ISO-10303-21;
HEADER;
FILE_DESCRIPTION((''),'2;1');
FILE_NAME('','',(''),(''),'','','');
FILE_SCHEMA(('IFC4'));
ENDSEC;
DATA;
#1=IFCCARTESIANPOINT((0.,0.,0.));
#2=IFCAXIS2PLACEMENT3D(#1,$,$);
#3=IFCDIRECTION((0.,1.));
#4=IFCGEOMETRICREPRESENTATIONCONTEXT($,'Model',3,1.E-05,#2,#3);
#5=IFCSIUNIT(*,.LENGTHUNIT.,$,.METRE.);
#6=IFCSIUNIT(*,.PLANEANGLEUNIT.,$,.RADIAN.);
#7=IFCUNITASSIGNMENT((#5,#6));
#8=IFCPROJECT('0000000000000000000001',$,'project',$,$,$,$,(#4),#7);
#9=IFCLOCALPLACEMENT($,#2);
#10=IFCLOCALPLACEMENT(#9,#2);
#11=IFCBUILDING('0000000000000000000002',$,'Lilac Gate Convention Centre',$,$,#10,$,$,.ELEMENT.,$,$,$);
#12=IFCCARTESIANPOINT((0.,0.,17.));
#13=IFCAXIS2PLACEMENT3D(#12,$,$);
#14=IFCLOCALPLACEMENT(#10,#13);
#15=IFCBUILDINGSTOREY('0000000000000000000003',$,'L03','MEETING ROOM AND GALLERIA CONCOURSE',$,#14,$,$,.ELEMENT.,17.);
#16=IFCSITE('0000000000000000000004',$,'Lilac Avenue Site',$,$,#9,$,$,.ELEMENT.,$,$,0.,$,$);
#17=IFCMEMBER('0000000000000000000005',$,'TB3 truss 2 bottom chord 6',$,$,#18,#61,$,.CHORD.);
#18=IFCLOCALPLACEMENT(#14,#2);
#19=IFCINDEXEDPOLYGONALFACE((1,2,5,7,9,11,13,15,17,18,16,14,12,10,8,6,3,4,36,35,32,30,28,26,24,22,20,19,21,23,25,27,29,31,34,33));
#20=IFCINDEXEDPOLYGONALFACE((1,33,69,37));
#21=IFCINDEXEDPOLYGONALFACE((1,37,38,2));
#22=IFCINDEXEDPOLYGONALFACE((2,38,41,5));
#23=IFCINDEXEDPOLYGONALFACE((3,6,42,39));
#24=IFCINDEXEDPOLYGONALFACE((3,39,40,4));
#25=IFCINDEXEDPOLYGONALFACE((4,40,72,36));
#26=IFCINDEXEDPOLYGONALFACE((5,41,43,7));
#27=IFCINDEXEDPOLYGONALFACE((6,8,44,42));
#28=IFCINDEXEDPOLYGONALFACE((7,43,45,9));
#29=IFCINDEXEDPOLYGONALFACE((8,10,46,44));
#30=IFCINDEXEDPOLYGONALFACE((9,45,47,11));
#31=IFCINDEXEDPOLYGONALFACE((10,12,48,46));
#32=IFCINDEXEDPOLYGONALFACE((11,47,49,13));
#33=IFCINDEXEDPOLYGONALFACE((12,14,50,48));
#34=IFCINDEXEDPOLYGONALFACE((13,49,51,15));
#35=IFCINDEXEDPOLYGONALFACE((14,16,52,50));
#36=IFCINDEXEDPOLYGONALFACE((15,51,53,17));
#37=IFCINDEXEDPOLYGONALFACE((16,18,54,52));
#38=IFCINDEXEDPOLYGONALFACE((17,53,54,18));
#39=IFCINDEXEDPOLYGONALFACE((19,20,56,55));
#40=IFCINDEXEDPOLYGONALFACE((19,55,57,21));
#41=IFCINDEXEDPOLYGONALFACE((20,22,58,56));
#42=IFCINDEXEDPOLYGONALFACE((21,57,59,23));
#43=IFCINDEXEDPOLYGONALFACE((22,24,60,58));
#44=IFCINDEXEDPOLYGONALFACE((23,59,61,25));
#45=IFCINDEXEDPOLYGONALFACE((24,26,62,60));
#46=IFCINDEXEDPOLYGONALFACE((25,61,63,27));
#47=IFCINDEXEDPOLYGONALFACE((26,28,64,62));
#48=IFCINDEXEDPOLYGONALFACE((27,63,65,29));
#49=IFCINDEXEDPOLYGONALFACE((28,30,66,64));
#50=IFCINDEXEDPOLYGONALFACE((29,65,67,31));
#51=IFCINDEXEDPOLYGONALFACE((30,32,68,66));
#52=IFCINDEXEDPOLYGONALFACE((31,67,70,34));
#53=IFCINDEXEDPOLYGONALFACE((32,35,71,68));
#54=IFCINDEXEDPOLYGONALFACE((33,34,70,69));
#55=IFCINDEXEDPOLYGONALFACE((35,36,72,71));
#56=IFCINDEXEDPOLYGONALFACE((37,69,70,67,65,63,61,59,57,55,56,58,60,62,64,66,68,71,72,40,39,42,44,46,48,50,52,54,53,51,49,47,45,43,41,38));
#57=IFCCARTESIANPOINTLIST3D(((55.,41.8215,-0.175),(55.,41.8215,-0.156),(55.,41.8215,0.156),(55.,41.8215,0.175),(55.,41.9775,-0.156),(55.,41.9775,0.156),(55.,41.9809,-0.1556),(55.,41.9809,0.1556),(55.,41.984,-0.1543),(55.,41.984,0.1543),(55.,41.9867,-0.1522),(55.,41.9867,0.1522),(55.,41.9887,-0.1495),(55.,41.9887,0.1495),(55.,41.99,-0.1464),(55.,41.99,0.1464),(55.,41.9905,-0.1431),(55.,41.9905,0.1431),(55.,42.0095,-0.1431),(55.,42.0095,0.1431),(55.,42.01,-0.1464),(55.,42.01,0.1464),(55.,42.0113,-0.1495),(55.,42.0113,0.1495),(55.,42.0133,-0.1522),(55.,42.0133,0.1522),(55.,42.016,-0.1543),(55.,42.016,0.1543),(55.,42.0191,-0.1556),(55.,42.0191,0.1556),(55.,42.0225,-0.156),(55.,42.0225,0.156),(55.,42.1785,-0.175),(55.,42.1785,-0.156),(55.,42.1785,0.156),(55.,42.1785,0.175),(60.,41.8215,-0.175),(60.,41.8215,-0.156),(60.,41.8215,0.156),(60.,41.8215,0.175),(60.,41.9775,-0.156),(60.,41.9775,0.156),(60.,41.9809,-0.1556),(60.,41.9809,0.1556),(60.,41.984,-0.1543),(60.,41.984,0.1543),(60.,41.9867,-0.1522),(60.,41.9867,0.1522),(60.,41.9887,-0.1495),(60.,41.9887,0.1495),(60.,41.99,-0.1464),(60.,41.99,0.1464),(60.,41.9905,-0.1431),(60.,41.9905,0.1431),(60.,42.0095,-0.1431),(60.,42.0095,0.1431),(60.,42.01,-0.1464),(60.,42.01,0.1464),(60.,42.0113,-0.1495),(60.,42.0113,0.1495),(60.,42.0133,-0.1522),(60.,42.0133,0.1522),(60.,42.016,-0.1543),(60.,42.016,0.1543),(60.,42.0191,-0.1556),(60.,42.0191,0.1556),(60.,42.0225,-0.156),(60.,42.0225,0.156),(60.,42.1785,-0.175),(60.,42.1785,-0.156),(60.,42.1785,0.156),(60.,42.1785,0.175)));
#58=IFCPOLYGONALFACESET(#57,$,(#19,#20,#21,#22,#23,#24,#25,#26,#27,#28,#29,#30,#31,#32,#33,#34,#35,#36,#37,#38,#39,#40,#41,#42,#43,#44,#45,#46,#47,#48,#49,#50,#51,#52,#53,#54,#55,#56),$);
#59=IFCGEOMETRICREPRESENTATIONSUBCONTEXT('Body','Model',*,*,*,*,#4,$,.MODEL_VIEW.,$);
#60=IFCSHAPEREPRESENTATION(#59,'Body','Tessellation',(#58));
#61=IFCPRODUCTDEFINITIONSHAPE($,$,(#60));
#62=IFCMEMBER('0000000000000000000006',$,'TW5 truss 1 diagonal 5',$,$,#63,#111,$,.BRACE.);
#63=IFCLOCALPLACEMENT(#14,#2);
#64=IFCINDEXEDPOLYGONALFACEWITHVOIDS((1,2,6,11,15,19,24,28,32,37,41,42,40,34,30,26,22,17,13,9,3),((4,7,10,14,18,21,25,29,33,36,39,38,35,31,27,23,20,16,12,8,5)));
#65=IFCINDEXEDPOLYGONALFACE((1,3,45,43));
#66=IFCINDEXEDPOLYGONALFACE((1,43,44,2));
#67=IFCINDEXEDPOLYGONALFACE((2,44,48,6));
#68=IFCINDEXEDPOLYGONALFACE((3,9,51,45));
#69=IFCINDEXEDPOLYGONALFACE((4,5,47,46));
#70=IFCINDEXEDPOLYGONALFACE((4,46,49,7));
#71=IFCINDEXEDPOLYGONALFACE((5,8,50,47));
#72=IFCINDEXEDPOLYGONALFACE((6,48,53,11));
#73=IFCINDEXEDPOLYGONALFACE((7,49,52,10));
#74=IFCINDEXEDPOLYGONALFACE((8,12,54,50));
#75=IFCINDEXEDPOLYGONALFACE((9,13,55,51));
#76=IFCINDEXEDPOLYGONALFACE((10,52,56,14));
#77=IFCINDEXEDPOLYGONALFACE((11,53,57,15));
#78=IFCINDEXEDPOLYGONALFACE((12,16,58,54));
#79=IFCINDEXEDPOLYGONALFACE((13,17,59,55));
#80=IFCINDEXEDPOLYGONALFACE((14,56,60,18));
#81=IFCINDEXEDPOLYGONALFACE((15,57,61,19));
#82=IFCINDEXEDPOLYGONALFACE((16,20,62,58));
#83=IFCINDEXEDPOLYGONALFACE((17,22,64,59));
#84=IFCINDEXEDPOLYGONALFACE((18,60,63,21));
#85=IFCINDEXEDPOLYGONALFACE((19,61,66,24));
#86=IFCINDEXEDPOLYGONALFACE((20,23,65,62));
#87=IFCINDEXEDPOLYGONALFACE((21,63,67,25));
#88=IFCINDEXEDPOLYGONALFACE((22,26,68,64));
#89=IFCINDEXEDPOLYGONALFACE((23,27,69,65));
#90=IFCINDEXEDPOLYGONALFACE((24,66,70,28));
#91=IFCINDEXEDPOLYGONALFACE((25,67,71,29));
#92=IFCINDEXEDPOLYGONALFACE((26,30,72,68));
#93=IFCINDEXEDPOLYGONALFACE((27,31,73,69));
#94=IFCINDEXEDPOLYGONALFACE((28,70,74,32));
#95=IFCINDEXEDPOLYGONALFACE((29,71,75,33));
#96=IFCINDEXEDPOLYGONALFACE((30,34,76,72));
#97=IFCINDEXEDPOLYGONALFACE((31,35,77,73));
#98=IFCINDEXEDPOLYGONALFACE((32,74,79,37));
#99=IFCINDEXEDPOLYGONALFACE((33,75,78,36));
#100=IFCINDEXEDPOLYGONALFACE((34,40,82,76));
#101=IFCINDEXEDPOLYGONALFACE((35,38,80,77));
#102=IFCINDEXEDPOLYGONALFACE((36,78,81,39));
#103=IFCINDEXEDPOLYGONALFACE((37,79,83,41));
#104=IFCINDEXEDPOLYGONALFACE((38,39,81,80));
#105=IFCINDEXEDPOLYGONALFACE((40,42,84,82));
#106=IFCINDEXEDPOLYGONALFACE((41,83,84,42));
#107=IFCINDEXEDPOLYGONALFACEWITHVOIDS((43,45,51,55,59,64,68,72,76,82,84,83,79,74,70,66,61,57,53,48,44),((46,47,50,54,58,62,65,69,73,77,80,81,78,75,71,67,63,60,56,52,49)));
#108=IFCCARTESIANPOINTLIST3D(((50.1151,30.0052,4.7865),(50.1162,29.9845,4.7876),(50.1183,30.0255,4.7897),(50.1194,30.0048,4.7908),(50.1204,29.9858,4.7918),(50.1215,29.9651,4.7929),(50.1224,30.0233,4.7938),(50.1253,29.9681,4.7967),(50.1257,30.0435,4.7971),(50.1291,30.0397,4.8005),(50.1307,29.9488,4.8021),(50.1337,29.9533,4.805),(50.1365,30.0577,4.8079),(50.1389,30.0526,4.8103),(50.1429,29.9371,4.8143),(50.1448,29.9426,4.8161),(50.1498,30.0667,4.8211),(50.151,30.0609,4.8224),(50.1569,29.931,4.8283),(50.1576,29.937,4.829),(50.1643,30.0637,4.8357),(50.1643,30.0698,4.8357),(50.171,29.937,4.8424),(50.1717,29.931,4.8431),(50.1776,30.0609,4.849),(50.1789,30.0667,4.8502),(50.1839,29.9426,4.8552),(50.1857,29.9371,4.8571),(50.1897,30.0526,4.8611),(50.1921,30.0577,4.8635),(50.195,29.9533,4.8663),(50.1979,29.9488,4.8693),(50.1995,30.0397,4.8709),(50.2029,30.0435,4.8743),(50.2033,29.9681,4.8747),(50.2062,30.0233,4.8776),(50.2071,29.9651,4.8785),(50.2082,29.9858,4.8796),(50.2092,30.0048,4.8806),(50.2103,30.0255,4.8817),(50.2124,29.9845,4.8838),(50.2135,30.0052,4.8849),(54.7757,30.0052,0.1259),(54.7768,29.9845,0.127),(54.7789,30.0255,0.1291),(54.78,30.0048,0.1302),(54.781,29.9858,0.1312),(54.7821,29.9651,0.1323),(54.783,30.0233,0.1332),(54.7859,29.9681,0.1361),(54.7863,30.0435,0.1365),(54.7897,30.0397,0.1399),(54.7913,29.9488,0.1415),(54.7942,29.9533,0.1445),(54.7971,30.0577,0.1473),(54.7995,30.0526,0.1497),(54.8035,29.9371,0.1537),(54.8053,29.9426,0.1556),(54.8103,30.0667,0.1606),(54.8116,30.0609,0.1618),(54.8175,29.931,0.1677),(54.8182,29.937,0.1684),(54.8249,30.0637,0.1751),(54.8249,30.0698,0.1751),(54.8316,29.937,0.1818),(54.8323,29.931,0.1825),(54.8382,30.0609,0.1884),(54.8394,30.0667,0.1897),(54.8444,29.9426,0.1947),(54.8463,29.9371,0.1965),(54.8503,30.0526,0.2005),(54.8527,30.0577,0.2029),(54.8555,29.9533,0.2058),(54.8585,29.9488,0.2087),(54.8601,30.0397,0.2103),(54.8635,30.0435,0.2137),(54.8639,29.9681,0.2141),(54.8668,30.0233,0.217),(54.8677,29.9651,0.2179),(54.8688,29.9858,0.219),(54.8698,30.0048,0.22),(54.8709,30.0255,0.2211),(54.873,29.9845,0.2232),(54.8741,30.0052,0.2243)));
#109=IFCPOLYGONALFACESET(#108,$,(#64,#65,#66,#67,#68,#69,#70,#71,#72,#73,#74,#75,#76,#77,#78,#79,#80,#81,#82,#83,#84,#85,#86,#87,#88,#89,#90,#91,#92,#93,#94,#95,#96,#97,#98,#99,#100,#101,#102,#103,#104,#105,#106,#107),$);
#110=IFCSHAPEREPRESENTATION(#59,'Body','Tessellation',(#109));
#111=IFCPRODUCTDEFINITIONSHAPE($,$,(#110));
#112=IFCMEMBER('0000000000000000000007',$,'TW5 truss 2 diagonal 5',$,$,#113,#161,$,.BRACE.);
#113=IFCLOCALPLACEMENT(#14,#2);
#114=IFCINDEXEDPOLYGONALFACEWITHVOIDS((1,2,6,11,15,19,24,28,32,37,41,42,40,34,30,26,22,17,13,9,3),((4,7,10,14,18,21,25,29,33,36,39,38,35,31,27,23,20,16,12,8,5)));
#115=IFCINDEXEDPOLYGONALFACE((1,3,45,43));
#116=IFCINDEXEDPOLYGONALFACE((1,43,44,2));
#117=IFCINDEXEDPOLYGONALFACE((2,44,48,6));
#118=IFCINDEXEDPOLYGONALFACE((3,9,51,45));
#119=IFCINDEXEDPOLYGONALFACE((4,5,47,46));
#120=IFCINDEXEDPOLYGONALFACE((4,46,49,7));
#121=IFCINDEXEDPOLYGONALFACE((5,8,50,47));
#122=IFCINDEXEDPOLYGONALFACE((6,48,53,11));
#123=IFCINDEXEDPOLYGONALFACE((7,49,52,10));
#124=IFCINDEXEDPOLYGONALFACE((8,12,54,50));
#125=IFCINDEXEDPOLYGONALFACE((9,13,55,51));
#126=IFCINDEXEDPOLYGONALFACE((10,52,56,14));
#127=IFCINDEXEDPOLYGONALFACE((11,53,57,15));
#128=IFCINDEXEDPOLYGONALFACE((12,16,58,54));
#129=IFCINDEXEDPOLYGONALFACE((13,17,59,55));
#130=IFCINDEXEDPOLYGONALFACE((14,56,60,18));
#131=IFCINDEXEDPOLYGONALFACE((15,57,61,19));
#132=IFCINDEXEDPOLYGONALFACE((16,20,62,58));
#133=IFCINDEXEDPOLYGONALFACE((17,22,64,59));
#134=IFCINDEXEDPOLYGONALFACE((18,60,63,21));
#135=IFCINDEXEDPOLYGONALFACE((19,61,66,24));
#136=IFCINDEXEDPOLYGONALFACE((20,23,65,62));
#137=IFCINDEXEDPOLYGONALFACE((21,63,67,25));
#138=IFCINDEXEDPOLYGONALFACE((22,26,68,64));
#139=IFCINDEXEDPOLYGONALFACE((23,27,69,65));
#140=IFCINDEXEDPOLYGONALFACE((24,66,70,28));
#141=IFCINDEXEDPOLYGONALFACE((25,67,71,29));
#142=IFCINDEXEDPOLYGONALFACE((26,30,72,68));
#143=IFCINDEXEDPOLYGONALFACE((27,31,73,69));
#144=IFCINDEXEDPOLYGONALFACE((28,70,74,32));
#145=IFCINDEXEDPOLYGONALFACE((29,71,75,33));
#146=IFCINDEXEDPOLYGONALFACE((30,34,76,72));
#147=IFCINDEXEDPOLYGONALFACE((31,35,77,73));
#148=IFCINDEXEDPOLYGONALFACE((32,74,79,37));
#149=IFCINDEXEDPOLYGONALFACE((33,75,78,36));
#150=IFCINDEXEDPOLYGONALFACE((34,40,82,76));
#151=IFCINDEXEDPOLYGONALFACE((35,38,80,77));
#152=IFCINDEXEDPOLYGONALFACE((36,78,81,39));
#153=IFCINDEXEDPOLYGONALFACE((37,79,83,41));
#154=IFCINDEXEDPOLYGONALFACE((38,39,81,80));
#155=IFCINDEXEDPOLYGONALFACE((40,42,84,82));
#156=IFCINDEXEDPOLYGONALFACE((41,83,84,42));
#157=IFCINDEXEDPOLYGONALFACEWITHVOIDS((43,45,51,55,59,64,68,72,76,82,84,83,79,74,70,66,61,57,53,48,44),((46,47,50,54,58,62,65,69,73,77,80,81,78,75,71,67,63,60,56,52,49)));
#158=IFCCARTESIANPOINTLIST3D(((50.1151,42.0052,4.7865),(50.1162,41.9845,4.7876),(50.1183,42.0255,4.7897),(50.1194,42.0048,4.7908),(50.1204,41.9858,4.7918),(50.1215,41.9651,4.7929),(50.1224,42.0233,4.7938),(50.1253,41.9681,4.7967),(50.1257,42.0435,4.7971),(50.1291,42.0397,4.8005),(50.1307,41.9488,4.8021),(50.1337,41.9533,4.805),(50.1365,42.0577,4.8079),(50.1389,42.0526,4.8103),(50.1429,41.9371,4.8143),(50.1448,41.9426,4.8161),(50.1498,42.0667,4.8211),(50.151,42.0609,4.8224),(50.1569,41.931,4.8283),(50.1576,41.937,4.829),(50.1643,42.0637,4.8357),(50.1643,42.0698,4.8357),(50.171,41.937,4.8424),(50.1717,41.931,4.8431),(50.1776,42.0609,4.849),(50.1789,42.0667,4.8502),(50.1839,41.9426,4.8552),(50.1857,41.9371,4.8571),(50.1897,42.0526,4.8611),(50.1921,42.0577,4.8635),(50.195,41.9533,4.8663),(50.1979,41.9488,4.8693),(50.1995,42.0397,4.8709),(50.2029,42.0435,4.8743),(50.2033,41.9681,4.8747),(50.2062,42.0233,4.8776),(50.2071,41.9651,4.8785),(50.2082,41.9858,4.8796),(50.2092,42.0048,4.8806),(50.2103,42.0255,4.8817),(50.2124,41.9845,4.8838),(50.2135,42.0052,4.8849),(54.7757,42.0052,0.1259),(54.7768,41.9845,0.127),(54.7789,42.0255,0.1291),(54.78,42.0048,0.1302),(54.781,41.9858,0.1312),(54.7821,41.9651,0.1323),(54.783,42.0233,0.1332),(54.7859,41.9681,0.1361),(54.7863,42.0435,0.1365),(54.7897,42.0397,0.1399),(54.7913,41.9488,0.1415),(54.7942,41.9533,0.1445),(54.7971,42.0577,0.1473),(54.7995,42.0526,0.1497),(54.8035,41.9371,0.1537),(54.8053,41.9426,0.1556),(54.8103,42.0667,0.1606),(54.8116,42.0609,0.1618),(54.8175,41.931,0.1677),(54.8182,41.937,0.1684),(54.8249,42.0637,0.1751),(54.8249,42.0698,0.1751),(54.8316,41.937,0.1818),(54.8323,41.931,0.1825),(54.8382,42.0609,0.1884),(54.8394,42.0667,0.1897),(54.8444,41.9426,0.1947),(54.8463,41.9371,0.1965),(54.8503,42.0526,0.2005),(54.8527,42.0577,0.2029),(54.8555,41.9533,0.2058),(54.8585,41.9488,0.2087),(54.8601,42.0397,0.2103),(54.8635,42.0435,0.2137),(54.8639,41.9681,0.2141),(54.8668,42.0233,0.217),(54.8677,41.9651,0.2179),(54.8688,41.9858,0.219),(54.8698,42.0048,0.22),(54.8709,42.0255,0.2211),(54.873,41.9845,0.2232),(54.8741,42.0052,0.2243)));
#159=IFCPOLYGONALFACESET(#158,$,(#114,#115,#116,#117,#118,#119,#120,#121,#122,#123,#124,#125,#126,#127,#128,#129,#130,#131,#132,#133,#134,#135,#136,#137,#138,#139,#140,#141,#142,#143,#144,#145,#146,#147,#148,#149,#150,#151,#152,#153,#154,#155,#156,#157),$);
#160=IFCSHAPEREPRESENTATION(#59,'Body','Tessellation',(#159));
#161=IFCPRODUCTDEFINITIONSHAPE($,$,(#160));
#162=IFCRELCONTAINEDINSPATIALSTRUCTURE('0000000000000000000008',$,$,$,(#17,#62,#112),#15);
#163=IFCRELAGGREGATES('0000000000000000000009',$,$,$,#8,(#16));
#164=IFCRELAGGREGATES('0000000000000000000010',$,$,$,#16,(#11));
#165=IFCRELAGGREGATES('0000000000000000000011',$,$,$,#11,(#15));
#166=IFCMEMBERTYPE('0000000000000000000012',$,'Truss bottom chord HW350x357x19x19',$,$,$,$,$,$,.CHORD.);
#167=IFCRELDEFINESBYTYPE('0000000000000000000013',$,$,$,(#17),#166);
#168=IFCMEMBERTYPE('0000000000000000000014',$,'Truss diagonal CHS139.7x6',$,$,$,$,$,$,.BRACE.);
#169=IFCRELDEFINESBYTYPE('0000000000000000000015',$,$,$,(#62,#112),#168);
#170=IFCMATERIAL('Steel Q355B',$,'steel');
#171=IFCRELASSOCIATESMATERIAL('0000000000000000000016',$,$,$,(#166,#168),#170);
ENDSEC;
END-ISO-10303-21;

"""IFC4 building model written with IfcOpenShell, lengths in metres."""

from ifc_helpers import new_model, si_unit, direction, frame, origin, origin_2d, place, context, subcontext, project, spatial, hollow_circle, i_section, extrude, material, material_profile, profile_set, type_object, element, save


model = new_model("IFC4")

# Units and contexts
model_context = context("Model", 3, precision=1e-05, world=origin(), true_north=direction((0.0, 1.0)))
body_context = subcontext(model_context, "Body", "Model", "MODEL_VIEW")
ifc_project = project(units=[si_unit("LENGTHUNIT", "METRE"), si_unit("PLANEANGLEUNIT", "RADIAN")], contexts=[model_context])

# Site, building, storey
site_placement = place(None, origin())
site = spatial("IfcSite", under=ifc_project, at=site_placement, Name="Lilac Avenue Site", CompositionType="ELEMENT", RefElevation=0.0)
building_placement = place(site_placement, origin())
building = spatial("IfcBuilding", under=site, at=building_placement, Name="Lilac Gate Convention Centre", CompositionType="ELEMENT")
storey_placement = place(building_placement, frame((0.0, 0.0, 17.0)))
storey = spatial("IfcBuildingStorey", under=building, at=storey_placement, Name="L03", Description="MEETING ROOM AND GALLERIA CONCOURSE", CompositionType="ELEMENT", Elevation=17.0)

# Members
ifc_material = material(Name="Steel Q355B", Category="steel")
ifc_material_profile_1 = material_profile(ifc_material, i_section(OverallWidth=0.3569, OverallDepth=0.3501, WebThickness=0.019, FlangeThickness=0.019, FilletRadius=0.0129, at=origin_2d()), Name="HW350x357x19x19")
ifc_profile_set_1 = profile_set([ifc_material_profile_1], Name="Steel Q355B")
member_type_1 = type_object("IfcMemberType", Name="Truss bottom chord HW350x357x19x19", PredefinedType="CHORD", material=ifc_profile_set_1)
for number, where, z_axis, x_axis, name in (
    (1, (55.0, 42.0, 0.0), (1.0, 0.0, 0.0), (0.0, 1.0, 0.0), "TB3 truss 2 bottom chord 6"),
):
    element("IfcMember", number, at=place(storey_placement, frame(where, z_axis=z_axis, x_axis=x_axis)), inside=storey, type_object=member_type_1, Name=name, PredefinedType="CHORD", context=body_context, shape_type="SweptSolid", body=[
        extrude(i_section(OverallWidth=0.3569, OverallDepth=0.3501, WebThickness=0.019, FlangeThickness=0.019, FilletRadius=0.0129, at=origin_2d()), origin(), (0.0, 0.0, 1.0), 5.0),
    ])
ifc_material_profile_2 = material_profile(ifc_material, hollow_circle(Radius=0.0698, WallThickness=0.0061, at=origin_2d()), Name="CHS139.7x6")
ifc_profile_set_2 = profile_set([ifc_material_profile_2], Name="Steel Q355B")
member_type_2 = type_object("IfcMemberType", Name="Truss diagonal CHS139.7x6", PredefinedType="BRACE", material=ifc_profile_set_2)
for number, where, z_axis, x_axis, name in (
    (2, (50.1643, 30.0, 4.8357), (0.707107, 0.0, -0.707107), (0.0, 1.0, 0.0), "TW5 truss 1 diagonal 5"),
    (3, (50.1643, 42.0, 4.8357), (0.707107, 0.0, -0.707107), (0.0, 1.0, 0.0), "TW5 truss 2 diagonal 5"),
):
    element("IfcMember", number, at=place(storey_placement, frame(where, z_axis=z_axis, x_axis=x_axis)), inside=storey, type_object=member_type_2, Name=name, PredefinedType="BRACE", context=body_context, shape_type="SweptSolid", body=[
        extrude(hollow_circle(Radius=0.0698, WallThickness=0.0061, at=origin_2d()), origin(), (0.0, 0.0, 1.0), 6.5911),
    ])

save(model, "model.ifc")
